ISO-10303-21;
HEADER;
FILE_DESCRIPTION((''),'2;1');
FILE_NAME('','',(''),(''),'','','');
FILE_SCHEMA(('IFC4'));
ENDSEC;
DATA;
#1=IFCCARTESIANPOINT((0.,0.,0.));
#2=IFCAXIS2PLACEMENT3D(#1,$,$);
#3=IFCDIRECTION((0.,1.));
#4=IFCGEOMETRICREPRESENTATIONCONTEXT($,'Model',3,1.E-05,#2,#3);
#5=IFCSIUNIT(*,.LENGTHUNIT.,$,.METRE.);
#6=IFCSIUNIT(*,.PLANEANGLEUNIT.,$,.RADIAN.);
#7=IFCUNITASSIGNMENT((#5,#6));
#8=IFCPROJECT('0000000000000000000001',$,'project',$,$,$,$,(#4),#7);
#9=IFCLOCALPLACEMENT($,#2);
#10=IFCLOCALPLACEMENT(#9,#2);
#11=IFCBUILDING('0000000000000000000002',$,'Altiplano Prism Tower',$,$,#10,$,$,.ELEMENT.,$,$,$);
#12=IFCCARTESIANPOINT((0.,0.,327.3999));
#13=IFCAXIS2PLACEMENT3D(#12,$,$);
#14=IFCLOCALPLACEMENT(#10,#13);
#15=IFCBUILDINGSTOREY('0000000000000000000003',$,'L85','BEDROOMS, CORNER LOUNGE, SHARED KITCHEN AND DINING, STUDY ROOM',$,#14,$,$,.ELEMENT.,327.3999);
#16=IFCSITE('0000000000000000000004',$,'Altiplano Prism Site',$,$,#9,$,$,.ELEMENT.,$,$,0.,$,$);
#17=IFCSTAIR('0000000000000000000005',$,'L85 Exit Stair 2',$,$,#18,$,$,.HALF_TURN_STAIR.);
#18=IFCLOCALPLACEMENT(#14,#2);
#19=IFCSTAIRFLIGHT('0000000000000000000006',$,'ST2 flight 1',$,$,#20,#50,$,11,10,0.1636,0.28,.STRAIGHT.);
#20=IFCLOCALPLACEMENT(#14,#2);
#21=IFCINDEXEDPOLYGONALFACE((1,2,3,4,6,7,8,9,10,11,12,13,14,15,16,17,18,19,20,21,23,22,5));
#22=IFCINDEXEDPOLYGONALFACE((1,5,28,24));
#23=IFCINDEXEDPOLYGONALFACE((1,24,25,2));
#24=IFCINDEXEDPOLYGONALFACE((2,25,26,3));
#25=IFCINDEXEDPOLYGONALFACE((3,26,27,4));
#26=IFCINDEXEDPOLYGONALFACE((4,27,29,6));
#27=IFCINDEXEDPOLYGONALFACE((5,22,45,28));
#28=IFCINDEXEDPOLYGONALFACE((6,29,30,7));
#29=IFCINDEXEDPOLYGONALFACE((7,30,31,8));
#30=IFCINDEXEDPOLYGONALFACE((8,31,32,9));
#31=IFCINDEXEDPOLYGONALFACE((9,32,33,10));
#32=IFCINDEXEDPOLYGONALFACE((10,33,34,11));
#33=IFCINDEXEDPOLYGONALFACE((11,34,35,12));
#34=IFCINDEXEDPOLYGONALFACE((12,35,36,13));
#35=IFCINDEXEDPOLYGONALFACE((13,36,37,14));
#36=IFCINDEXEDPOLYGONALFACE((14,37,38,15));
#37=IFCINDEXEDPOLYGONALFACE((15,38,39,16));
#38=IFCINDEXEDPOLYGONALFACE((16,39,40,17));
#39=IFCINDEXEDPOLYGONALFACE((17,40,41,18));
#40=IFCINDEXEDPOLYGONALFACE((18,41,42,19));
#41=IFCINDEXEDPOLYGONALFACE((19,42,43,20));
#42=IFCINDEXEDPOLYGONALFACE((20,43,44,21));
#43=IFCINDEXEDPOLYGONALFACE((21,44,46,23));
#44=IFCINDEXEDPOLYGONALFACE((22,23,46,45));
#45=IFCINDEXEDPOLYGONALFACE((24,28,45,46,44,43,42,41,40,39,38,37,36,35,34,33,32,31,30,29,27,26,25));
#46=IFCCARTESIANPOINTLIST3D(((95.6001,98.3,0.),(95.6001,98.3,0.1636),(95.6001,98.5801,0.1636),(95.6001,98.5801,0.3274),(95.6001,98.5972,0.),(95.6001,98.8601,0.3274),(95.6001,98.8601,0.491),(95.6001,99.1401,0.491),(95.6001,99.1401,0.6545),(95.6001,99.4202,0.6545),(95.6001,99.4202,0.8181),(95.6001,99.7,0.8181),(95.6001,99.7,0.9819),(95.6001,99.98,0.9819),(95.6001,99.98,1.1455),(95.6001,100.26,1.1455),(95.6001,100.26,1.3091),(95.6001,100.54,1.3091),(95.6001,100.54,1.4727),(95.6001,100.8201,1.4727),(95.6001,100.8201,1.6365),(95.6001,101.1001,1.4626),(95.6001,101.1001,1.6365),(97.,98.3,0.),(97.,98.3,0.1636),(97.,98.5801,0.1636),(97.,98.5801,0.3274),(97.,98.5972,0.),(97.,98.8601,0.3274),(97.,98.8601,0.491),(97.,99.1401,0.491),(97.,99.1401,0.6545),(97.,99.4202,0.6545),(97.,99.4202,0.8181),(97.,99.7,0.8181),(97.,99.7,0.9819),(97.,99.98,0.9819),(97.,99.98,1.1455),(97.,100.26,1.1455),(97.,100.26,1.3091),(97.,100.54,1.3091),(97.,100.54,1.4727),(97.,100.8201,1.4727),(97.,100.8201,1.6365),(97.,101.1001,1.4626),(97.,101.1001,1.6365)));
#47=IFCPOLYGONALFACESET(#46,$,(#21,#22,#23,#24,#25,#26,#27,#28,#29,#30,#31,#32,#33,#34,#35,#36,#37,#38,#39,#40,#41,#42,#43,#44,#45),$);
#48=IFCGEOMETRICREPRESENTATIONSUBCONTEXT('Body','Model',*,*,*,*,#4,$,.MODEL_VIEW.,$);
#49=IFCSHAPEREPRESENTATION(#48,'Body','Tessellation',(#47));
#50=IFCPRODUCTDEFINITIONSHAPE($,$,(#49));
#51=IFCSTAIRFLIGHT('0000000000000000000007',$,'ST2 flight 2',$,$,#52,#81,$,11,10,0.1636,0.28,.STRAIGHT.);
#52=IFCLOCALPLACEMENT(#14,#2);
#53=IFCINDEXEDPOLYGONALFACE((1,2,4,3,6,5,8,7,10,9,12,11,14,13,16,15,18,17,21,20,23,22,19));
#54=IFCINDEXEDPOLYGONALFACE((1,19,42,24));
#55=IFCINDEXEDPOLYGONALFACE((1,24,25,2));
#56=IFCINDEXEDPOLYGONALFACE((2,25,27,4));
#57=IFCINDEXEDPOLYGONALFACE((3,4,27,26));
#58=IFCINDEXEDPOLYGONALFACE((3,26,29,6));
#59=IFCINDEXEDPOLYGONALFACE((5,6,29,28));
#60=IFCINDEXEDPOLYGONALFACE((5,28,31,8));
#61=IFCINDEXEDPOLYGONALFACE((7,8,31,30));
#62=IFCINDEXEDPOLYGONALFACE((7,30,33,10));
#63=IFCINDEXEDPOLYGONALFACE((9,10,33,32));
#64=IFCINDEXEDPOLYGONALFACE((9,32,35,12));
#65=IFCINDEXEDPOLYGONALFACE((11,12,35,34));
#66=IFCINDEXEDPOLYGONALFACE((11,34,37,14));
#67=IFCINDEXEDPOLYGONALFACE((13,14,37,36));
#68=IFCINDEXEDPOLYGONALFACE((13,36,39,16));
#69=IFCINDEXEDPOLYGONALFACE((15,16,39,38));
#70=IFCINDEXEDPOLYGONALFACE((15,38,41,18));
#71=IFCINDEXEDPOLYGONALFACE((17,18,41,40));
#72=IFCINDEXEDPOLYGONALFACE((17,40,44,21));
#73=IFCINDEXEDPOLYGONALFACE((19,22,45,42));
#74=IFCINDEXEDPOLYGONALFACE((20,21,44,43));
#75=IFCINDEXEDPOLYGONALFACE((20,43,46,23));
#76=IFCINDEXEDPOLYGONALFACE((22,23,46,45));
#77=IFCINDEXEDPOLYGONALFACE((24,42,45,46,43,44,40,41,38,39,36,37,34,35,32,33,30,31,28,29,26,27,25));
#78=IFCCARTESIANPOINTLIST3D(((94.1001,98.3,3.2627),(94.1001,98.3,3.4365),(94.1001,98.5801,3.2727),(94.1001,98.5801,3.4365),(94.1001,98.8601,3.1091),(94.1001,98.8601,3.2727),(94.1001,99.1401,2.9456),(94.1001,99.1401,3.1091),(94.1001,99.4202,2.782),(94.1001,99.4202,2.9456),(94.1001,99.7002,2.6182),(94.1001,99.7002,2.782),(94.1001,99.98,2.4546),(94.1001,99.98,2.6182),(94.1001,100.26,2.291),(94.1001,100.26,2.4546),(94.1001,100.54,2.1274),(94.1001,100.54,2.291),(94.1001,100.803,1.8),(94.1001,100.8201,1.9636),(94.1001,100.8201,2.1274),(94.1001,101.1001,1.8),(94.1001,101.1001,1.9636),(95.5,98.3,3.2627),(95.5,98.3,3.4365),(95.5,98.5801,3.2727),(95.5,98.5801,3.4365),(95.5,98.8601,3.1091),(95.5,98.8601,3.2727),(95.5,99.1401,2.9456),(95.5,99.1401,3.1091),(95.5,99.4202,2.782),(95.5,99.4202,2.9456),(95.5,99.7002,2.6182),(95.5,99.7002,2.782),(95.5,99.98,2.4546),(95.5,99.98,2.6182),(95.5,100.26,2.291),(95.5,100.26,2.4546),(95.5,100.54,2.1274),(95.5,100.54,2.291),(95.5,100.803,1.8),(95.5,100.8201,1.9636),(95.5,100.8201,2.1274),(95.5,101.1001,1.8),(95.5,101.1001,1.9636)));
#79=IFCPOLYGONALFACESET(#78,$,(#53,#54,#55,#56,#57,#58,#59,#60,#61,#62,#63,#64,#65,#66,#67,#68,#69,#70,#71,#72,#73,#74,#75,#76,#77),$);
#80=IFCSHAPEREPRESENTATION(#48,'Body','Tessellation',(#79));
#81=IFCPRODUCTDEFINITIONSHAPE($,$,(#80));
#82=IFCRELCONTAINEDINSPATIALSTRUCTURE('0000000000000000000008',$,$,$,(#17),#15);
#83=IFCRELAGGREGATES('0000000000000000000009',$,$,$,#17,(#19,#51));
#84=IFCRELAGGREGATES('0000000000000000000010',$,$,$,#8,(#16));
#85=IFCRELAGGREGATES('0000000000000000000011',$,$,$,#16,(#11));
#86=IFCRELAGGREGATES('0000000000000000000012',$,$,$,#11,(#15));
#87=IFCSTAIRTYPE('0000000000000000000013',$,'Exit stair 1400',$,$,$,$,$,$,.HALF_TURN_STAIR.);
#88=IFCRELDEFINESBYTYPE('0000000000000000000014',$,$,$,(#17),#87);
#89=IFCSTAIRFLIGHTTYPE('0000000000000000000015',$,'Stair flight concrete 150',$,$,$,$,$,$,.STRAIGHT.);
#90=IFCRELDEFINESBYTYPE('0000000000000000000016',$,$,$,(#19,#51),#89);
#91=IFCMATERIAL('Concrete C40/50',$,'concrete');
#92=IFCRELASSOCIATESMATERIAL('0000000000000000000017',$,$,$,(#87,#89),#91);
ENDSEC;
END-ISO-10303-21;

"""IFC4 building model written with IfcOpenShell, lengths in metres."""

from ifc_helpers import new_model, si_unit, direction, frame, origin, place, context, subcontext, project, spatial, polyline, outline, extrude, material, type_object, element, aggregate, save


model = new_model("IFC4")

# Units and contexts
model_context = context("Model", 3, precision=1e-05, world=origin(), true_north=direction((0.0, 1.0)))
body_context = subcontext(model_context, "Body", "Model", "MODEL_VIEW")
ifc_project = project(units=[si_unit("LENGTHUNIT", "METRE"), si_unit("PLANEANGLEUNIT", "RADIAN")], contexts=[model_context])

# Site, building, storey
site_placement = place(None, origin())
site = spatial("IfcSite", under=ifc_project, at=site_placement, Name="Altiplano Prism Site", CompositionType="ELEMENT", RefElevation=0.0)
building_placement = place(site_placement, origin())
building = spatial("IfcBuilding", under=site, at=building_placement, Name="Altiplano Prism Tower", CompositionType="ELEMENT")
storey_placement = place(building_placement, frame((0.0, 0.0, 327.3999)))
storey = spatial("IfcBuildingStorey", under=building, at=storey_placement, Name="L85", Description="BEDROOMS, CORNER LOUNGE, SHARED KITCHEN AND DINING, STUDY ROOM", CompositionType="ELEMENT", Elevation=327.3999)

# Stair, stair flights
ifc_material_1 = material(Name="Concrete C40/50", Category="concrete")
stair_type = type_object("IfcStairType", Name="Exit stair 1400", PredefinedType="HALF_TURN_STAIR", material=ifc_material_1)
stair_placement = place(storey_placement, origin())
stair = element("IfcStair", 1, at=stair_placement, inside=storey, type_object=stair_type, Name="L85 Exit Stair 2", PredefinedType="HALF_TURN_STAIR")
stair_flight_type = type_object("IfcStairFlightType", Name="Stair flight concrete 150", PredefinedType="STRAIGHT", material=ifc_material_1)
stair_flight_1_placement = place(storey_placement, frame((96.3, 98.3, 0.0), z_axis=(0.0, 0.0, 1.0), x_axis=(0.0, 1.0, 0.0)))
stair_flight_1 = element("IfcStairFlight", 2, at=stair_flight_1_placement, type_object=stair_flight_type, Name="ST2 flight 1", NumberOfRisers=11, NumberOfTreads=10, PredefinedType="STRAIGHT", RiserHeight=0.1636, TreadLength=0.28, context=body_context, shape_type="SweptSolid", body=[
    extrude(outline(polyline([(0.0, 0.0), (0.0, 0.1636), (0.28, 0.1636), (0.28, 0.3274), (0.5601, 0.3274), (0.5601, 0.491), (0.8401, 0.491), (0.8401, 0.6545), (1.1201, 0.6545), (1.1201, 0.8181), (1.3999, 0.8181), (1.3999, 0.9819), (1.6799, 0.9819), (1.6799, 1.1455), (1.96, 1.1455), (1.96, 1.3091), (2.24, 1.3091), (2.24, 1.4727), (2.52, 1.4727), (2.52, 1.6365), (2.8, 1.6365), (2.8, 1.8), (2.8, 1.4626), (0.2971, 0.0), (0.0, 0.0)])), frame((0.0, 0.7, 0.0), z_axis=(0.0, -1.0, 0.0), x_axis=(1.0, 0.0, 0.0)), (0.0, 0.0, 1.0), 1.3999),
])
stair_flight_2_placement = place(storey_placement, frame((94.8, 101.1001, 1.8), z_axis=(0.0, 0.0, 1.0), x_axis=(0.0, -1.0, 0.0)))
stair_flight_2 = element("IfcStairFlight", 3, at=stair_flight_2_placement, type_object=stair_flight_type, Name="ST2 flight 2", NumberOfRisers=11, NumberOfTreads=10, PredefinedType="STRAIGHT", RiserHeight=0.1636, TreadLength=0.28, context=body_context, shape_type="SweptSolid", body=[
    extrude(outline(polyline([(0.0, 0.0), (0.0, 0.1636), (0.28, 0.1636), (0.28, 0.3274), (0.5601, 0.3274), (0.5601, 0.491), (0.8401, 0.491), (0.8401, 0.6545), (1.1201, 0.6545), (1.1201, 0.8181), (1.3999, 0.8181), (1.3999, 0.9819), (1.6799, 0.9819), (1.6799, 1.1455), (1.96, 1.1455), (1.96, 1.3091), (2.24, 1.3091), (2.24, 1.4727), (2.52, 1.4727), (2.52, 1.6365), (2.8, 1.6365), (2.8, 1.8), (2.8, 1.4626), (0.2971, 0.0), (0.0, 0.0)])), frame((0.0, 0.7, 0.0), z_axis=(0.0, -1.0, 0.0), x_axis=(1.0, 0.0, 0.0)), (0.0, 0.0, 1.0), 1.3999),
])
aggregate(stair, [stair_flight_1, stair_flight_2])

save(model, "model.ifc")
